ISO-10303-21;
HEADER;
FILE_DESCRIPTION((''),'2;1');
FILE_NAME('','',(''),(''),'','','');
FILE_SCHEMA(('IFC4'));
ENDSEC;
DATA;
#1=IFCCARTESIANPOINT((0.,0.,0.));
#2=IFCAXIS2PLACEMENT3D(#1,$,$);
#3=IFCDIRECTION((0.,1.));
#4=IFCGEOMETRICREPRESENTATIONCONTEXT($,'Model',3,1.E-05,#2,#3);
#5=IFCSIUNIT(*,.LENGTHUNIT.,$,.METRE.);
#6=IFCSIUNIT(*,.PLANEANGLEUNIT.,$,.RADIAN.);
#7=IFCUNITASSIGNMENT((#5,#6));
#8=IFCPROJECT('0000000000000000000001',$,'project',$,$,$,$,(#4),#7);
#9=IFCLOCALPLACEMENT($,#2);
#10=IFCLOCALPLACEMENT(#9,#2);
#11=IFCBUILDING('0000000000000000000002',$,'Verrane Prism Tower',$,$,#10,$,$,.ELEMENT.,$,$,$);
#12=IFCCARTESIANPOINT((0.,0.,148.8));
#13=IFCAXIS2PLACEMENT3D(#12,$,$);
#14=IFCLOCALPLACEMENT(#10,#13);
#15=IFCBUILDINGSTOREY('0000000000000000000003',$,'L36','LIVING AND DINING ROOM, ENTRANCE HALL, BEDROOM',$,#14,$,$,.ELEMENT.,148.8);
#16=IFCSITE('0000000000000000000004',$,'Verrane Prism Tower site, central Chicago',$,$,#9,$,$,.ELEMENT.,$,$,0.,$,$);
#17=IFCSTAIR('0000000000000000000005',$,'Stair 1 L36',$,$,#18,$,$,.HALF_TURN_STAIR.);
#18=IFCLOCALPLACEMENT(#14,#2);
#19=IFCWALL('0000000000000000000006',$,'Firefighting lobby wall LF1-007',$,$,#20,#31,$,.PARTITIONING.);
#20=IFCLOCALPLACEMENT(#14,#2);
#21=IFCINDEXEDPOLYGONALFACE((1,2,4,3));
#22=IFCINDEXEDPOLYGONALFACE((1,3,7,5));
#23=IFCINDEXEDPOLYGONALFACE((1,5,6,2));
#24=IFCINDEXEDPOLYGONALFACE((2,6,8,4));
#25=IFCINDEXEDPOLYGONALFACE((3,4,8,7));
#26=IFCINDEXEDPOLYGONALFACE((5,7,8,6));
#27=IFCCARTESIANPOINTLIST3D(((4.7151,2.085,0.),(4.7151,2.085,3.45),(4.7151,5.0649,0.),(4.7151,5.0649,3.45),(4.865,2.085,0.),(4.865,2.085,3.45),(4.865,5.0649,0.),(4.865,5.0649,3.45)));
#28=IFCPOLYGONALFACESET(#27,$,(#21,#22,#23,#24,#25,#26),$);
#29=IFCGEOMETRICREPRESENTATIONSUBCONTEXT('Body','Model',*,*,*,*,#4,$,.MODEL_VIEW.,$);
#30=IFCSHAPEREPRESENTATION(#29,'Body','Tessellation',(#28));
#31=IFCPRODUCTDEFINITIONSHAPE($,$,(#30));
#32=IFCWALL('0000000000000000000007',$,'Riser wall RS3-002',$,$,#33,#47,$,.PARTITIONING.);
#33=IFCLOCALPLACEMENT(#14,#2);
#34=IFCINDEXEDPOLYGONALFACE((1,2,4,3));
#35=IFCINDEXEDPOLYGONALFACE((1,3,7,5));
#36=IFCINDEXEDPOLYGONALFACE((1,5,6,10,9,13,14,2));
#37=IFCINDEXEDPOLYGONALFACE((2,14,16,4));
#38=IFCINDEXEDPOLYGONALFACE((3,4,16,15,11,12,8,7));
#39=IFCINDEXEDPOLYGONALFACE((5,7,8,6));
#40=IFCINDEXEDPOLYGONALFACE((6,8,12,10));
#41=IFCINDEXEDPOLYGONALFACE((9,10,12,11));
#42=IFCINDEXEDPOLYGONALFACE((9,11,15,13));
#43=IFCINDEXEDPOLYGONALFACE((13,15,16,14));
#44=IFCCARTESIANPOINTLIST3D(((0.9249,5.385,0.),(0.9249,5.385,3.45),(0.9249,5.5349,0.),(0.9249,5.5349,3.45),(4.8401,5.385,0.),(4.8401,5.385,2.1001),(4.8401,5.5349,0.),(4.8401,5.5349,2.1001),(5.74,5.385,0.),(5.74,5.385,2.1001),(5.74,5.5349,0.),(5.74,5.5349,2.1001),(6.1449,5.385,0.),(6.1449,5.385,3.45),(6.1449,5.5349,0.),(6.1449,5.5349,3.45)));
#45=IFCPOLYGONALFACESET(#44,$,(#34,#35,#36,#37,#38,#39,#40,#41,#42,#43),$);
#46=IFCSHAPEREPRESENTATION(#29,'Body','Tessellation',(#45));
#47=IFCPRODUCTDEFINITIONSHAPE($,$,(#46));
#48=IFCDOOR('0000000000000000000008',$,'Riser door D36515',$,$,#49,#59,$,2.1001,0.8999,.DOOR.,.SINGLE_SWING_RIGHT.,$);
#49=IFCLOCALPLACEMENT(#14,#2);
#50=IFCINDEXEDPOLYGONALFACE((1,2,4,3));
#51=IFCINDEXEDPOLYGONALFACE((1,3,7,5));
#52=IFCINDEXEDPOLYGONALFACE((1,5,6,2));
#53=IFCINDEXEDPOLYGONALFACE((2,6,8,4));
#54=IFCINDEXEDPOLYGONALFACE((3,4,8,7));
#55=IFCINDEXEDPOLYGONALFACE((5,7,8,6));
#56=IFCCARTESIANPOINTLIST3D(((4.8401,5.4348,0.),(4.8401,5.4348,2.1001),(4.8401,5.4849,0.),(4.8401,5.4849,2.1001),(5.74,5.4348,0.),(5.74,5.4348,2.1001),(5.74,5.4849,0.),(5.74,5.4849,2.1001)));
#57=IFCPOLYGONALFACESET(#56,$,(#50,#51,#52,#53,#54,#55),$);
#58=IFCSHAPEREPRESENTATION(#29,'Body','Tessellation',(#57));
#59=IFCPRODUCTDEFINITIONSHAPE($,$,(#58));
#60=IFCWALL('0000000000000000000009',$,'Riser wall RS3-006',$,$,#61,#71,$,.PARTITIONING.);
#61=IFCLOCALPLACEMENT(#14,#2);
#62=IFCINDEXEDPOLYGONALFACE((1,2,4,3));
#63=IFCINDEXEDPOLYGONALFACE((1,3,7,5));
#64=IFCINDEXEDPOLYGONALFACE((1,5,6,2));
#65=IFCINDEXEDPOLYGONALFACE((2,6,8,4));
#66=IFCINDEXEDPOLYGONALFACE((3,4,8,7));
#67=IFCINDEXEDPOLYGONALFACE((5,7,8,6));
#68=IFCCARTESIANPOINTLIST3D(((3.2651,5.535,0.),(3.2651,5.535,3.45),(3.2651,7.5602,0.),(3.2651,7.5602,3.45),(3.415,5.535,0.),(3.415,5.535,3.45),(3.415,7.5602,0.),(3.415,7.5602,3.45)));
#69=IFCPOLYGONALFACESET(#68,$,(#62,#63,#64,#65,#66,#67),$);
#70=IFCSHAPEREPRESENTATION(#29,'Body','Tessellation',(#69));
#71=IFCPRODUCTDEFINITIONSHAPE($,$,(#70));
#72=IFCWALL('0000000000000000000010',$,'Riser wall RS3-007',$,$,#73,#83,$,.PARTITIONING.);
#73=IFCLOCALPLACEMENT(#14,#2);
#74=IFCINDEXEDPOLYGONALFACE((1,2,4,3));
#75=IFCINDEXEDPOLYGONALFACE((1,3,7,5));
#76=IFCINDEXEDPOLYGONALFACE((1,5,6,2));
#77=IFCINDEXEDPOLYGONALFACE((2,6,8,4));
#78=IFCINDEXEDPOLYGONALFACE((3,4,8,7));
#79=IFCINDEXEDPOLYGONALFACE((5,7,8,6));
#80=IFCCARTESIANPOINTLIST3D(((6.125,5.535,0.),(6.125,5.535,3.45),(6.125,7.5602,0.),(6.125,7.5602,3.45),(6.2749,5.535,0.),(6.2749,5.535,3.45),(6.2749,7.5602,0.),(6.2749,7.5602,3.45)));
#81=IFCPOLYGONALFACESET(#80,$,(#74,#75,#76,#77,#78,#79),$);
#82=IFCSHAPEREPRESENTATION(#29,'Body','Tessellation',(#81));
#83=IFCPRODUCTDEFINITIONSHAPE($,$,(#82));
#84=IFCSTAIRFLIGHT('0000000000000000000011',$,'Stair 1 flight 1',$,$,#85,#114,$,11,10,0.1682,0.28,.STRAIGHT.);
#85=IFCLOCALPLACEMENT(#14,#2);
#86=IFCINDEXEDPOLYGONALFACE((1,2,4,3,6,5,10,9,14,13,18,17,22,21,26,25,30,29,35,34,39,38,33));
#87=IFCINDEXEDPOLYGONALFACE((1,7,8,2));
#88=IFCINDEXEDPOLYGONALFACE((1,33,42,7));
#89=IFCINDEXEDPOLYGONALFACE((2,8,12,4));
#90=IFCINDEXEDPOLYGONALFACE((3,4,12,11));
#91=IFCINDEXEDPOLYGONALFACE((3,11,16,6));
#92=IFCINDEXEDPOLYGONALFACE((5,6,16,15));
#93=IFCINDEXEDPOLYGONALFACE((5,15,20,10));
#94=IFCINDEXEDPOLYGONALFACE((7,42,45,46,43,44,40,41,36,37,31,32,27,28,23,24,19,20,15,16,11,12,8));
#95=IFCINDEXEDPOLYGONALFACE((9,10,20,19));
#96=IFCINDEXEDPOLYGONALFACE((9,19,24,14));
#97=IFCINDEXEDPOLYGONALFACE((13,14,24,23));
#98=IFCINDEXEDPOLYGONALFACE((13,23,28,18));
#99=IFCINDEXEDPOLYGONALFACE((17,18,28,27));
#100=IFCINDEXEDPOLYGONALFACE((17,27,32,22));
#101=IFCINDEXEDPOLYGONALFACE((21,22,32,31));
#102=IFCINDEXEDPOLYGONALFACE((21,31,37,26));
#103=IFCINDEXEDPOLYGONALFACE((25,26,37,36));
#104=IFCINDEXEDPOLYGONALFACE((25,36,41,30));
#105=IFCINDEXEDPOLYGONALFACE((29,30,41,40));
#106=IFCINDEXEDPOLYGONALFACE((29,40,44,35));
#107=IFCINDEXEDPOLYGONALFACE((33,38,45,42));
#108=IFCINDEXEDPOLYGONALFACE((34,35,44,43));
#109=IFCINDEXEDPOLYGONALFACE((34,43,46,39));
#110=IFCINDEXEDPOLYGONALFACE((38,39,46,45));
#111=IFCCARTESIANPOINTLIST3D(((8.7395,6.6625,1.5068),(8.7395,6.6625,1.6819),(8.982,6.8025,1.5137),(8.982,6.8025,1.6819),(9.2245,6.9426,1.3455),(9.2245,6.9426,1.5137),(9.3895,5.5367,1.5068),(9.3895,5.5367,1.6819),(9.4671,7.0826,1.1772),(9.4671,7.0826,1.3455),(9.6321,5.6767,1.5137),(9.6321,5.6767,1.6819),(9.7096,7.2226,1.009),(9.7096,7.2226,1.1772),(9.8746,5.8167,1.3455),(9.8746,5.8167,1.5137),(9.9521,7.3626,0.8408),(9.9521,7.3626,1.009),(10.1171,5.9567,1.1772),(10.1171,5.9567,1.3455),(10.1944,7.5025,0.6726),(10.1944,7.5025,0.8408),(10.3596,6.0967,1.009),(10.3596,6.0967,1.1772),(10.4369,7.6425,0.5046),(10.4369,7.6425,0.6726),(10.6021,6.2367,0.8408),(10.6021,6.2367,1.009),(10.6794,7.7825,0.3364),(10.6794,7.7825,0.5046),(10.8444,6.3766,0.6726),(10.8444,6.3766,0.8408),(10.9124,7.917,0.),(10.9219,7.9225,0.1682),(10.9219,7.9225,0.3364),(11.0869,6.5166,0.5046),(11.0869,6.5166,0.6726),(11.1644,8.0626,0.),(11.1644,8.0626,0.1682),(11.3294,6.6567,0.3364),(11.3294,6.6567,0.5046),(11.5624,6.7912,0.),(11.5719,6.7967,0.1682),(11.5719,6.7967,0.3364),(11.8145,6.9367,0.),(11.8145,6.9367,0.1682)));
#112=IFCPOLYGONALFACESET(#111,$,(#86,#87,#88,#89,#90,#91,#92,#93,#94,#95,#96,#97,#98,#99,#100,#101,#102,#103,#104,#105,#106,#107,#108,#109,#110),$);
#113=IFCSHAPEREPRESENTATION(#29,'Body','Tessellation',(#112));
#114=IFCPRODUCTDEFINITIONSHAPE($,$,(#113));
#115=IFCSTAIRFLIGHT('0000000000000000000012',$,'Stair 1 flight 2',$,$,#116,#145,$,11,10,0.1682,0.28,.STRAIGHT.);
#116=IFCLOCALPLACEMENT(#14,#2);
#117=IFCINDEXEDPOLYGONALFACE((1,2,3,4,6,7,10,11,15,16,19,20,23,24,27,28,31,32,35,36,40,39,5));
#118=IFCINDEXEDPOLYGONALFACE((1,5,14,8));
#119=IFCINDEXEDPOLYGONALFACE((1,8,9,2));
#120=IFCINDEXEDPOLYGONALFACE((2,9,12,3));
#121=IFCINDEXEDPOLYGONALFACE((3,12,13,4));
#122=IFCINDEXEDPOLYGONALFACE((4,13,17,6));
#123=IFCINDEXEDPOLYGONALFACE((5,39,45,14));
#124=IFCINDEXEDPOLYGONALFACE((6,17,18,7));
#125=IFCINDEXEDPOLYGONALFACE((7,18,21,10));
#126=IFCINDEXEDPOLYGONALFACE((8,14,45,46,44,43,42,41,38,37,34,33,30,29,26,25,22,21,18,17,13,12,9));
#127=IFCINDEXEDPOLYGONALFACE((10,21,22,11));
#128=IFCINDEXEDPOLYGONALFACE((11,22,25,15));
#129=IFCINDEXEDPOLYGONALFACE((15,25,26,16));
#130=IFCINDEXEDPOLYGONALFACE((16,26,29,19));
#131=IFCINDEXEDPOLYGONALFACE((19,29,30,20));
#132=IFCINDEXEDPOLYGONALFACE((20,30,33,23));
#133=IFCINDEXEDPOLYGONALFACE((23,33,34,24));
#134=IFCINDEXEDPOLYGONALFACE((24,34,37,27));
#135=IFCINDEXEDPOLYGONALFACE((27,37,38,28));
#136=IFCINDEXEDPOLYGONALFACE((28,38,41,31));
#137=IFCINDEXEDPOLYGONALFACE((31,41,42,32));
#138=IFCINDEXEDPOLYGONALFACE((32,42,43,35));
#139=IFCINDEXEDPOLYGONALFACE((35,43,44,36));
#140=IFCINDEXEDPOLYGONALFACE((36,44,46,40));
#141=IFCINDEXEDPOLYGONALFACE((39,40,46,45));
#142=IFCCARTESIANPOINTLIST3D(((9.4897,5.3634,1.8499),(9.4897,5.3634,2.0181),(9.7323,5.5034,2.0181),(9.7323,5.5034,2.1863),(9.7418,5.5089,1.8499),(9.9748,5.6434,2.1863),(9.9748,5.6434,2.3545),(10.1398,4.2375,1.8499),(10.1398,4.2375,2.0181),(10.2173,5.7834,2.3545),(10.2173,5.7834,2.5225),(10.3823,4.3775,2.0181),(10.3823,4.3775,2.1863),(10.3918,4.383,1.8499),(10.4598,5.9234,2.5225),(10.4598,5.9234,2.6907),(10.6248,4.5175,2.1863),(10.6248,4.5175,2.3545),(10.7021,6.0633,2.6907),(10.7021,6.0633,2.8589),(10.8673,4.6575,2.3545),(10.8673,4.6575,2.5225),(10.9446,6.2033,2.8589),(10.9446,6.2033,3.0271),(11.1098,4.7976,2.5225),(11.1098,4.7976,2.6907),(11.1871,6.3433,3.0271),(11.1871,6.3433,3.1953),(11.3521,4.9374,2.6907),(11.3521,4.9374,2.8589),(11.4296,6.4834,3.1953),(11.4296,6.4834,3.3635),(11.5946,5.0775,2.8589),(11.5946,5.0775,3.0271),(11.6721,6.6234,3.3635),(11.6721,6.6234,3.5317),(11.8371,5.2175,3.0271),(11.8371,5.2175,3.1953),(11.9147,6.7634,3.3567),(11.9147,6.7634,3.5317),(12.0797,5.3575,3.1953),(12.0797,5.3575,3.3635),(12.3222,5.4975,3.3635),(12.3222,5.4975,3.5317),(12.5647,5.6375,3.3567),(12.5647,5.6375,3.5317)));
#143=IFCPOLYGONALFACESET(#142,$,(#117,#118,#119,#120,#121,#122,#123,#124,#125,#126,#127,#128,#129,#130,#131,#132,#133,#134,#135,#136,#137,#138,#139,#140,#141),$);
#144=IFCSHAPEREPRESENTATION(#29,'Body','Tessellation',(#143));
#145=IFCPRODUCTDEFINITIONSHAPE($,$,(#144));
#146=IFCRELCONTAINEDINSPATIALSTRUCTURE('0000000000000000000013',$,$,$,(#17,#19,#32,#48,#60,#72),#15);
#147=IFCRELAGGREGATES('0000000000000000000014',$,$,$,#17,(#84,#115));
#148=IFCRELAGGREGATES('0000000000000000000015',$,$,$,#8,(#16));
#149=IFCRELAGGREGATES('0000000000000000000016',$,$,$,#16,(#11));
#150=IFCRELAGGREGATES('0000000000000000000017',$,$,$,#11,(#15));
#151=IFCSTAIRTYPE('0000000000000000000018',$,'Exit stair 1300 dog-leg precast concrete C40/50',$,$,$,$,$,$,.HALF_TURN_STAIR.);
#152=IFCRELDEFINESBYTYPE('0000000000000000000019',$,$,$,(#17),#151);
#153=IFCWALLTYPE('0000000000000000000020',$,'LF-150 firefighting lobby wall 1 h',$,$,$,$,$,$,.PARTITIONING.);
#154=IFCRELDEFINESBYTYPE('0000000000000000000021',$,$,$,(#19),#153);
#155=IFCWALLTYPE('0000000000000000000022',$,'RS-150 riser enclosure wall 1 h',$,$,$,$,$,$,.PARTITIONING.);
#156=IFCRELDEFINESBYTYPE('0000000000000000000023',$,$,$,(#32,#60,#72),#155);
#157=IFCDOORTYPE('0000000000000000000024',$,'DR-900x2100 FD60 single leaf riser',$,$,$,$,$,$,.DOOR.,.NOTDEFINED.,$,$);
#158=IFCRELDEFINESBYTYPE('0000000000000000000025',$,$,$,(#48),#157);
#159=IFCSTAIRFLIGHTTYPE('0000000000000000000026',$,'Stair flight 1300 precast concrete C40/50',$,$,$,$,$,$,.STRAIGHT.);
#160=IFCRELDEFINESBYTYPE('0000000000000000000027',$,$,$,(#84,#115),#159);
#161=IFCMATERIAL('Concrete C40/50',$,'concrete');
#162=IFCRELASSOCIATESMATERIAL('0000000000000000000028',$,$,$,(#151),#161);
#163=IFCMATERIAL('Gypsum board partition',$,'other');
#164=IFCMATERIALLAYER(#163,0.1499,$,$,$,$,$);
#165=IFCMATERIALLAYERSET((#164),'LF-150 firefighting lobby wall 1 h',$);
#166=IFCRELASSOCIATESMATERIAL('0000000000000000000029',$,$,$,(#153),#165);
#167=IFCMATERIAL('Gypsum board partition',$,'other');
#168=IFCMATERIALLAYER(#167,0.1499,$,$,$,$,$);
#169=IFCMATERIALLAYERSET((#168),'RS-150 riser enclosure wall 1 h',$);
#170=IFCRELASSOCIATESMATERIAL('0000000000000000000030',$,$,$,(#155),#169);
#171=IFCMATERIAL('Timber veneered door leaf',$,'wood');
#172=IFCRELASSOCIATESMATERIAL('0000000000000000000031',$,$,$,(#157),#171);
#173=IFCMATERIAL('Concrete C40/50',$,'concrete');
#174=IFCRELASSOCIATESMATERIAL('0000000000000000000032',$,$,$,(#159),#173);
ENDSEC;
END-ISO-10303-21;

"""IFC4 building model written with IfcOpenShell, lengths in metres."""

from ifc_helpers import new_model, si_unit, direction, frame, frame_2d, origin, place, context, subcontext, project, spatial, polyline, rectangle, outline, extrude, material, layer, layer_set, type_object, element, fill, aggregate, save


model = new_model("IFC4")

# Units and contexts
model_context = context("Model", 3, precision=1e-05, world=origin(), true_north=direction((0.0, 1.0)))
body_context = subcontext(model_context, "Body", "Model", "MODEL_VIEW")
ifc_project = project(units=[si_unit("LENGTHUNIT", "METRE"), si_unit("PLANEANGLEUNIT", "RADIAN")], contexts=[model_context])

# Site, building, storey
site_placement = place(None, origin())
site = spatial("IfcSite", under=ifc_project, at=site_placement, Name="Verrane Prism Tower site, central Chicago", CompositionType="ELEMENT", RefElevation=0.0)
building_placement = place(site_placement, origin())
building = spatial("IfcBuilding", under=site, at=building_placement, Name="Verrane Prism Tower", CompositionType="ELEMENT")
storey_placement = place(building_placement, frame((0.0, 0.0, 148.8)))
storey = spatial("IfcBuildingStorey", under=building, at=storey_placement, Name="L36", Description="LIVING AND DINING ROOM, ENTRANCE HALL, BEDROOM", CompositionType="ELEMENT", Elevation=148.8)

# Stair
ifc_material_1 = material(Name="Concrete C40/50", Category="concrete")
stair_type = type_object("IfcStairType", Name="Exit stair 1300 dog-leg precast concrete C40/50", PredefinedType="HALF_TURN_STAIR", material=ifc_material_1)
stair_1_placement = place(storey_placement, origin())
stair_1 = element("IfcStair", 1, at=stair_1_placement, inside=storey, type_object=stair_type, Name="Stair 1 L36", PredefinedType="HALF_TURN_STAIR")

# Wall
ifc_material_2 = material(Name="Gypsum board partition", Category="other")
ifc_layer_1 = layer(ifc_material_2, 0.1499)
ifc_layer_set_1 = layer_set([ifc_layer_1], Name="LF-150 firefighting lobby wall 1 h")
wall_type_1 = type_object("IfcWallType", Name="LF-150 firefighting lobby wall 1 h", PredefinedType="PARTITIONING", material=ifc_layer_set_1)
wall_1_placement = place(storey_placement, frame((4.79, 2.085, 0.0), z_axis=(0.0, 0.0, 1.0), x_axis=(0.0, 1.0, 0.0)))
element("IfcWall", 2, at=wall_1_placement, inside=storey, type_object=wall_type_1, Name="Firefighting lobby wall LF1-007", PredefinedType="PARTITIONING", context=body_context, shape_type="SweptSolid", body=[
    extrude(rectangle(XDim=2.98, YDim=0.1499, at=frame_2d((1.49, 0.0))), origin(), (0.0, 0.0, 1.0), 3.45),
])

# Wall, opening, door
ifc_material_3 = material(Name="Gypsum board partition", Category="other")
ifc_layer_2 = layer(ifc_material_3, 0.1499)
ifc_layer_set_2 = layer_set([ifc_layer_2], Name="RS-150 riser enclosure wall 1 h")
wall_type_2 = type_object("IfcWallType", Name="RS-150 riser enclosure wall 1 h", PredefinedType="PARTITIONING", material=ifc_layer_set_2)
wall_2_placement = place(storey_placement, frame((0.925, 5.46, 0.0), z_axis=(0.0, 0.0, 1.0), x_axis=(1.0, 0.0, 0.0)))
wall_2 = element("IfcWall", 3, at=wall_2_placement, inside=storey, type_object=wall_type_2, Name="Riser wall RS3-002", PredefinedType="PARTITIONING", context=body_context, shape_type="SweptSolid", body=[
    extrude(rectangle(XDim=5.22, YDim=0.1499, at=frame_2d((2.6099, 0.0))), origin(), (0.0, 0.0, 1.0), 3.45),
])
opening_1_placement = place(wall_2_placement, frame((3.915, 0.0, 0.0)))
opening_1 = element("IfcOpeningElement", 4, at=opening_1_placement, cuts=wall_2, PredefinedType="OPENING", context=body_context, shape_type="SweptSolid", body=[
    extrude(rectangle(XDim=0.8999, YDim=2.1001, at=frame_2d((0.45, 1.05))), frame((0.0, 0.085, 0.0), z_axis=(0.0, -1.0, 0.0), x_axis=(1.0, 0.0, 0.0)), (0.0, 0.0, 1.0), 0.1699),
])
ifc_material_4 = material(Name="Timber veneered door leaf", Category="wood")
door_type_1 = type_object("IfcDoorType", Name="DR-900x2100 FD60 single leaf riser", OperationType="NOTDEFINED", PredefinedType="DOOR", material=ifc_material_4)
door_1_placement = place(opening_1_placement, origin())
door_1 = element("IfcDoor", 5, at=door_1_placement, inside=storey, type_object=door_type_1, Name="Riser door D36515", OperationType="SINGLE_SWING_RIGHT", OverallHeight=2.1001, OverallWidth=0.8999, PredefinedType="DOOR", context=body_context, shape_type="SweptSolid", body=[
    extrude(rectangle(XDim=0.8999, YDim=2.1001, at=frame_2d((0.45, 1.05))), frame((0.0, 0.0249, 0.0), z_axis=(0.0, -1.0, 0.0), x_axis=(1.0, 0.0, 0.0)), (0.0, 0.0, 1.0), 0.05),
])
fill(opening_1, door_1)

# Walls
for number, where, z_axis, x_axis, name in (
    (6, (3.3401, 5.5349, 0.0), (0.0, 0.0, 1.0), (0.0, 1.0, 0.0), "Riser wall RS3-006"),
    (7, (6.2, 5.5349, 0.0), (0.0, 0.0, 1.0), (0.0, 1.0, 0.0), "Riser wall RS3-007"),
):
    element("IfcWall", number, at=place(storey_placement, frame(where, z_axis=z_axis, x_axis=x_axis)), inside=storey, type_object=wall_type_2, Name=name, PredefinedType="PARTITIONING", context=body_context, shape_type="SweptSolid", body=[
        extrude(rectangle(XDim=2.0251, YDim=0.1499, at=frame_2d((1.0127, 0.0))), origin(), (0.0, 0.0, 1.0), 3.45),
    ])

# Stair flights
ifc_material_5 = material(Name="Concrete C40/50", Category="concrete")
stair_flight_type = type_object("IfcStairFlightType", Name="Stair flight 1300 precast concrete C40/50", PredefinedType="STRAIGHT", material=ifc_material_5)
stair_flight_1_placement = place(storey_placement, frame((11.4895, 7.4995, 0.0), z_axis=(0.0, 0.0, 1.0), x_axis=(-0.866025, -0.5, 0.0)))
stair_flight_1 = element("IfcStairFlight", 8, at=stair_flight_1_placement, type_object=stair_flight_type, Name="Stair 1 flight 1", NumberOfRisers=11, NumberOfTreads=10, PredefinedType="STRAIGHT", RiserHeight=0.1682, TreadLength=0.28, context=body_context, shape_type="SweptSolid", body=[
    extrude(outline(polyline([(0.0, 0.0), (0.0, 0.1682), (0.28, 0.1682), (0.28, 0.3364), (0.5601, 0.3364), (0.5601, 0.5046), (0.8401, 0.5046), (0.8401, 0.6726), (1.1201, 0.6726), (1.1201, 0.8408), (1.3999, 0.8408), (1.3999, 1.009), (1.6799, 1.009), (1.6799, 1.1772), (1.96, 1.1772), (1.96, 1.3455), (2.24, 1.3455), (2.24, 1.5137), (2.52, 1.5137), (2.52, 1.6819), (2.8, 1.6819), (2.8, 1.8501), (2.8, 1.5068), (0.291, 0.0), (0.0, 0.0)])), frame((0.0, 0.6499, 0.0), z_axis=(0.0, -1.0, 0.0), x_axis=(1.0, 0.0, 0.0)), (0.0, 0.0, 1.0), 1.3),
])
stair_flight_2_placement = place(storey_placement, frame((9.8147, 4.8005, 1.8499), z_axis=(0.0, 0.0, 1.0), x_axis=(0.866025, 0.5, 0.0)))
stair_flight_2 = element("IfcStairFlight", 9, at=stair_flight_2_placement, type_object=stair_flight_type, Name="Stair 1 flight 2", NumberOfRisers=11, NumberOfTreads=10, PredefinedType="STRAIGHT", RiserHeight=0.1682, TreadLength=0.28, context=body_context, shape_type="SweptSolid", body=[
    extrude(outline(polyline([(0.0, 0.0), (0.0, 0.1682), (0.28, 0.1682), (0.28, 0.3364), (0.5601, 0.3364), (0.5601, 0.5046), (0.8401, 0.5046), (0.8401, 0.6726), (1.1201, 0.6726), (1.1201, 0.8408), (1.3999, 0.8408), (1.3999, 1.009), (1.6799, 1.009), (1.6799, 1.1772), (1.96, 1.1772), (1.96, 1.3455), (2.24, 1.3455), (2.24, 1.5137), (2.52, 1.5137), (2.52, 1.6819), (2.8, 1.6819), (2.8, 1.8501), (2.8, 1.5068), (0.291, 0.0), (0.0, 0.0)])), frame((0.0, 0.6499, 0.0), z_axis=(0.0, -1.0, 0.0), x_axis=(1.0, 0.0, 0.0)), (0.0, 0.0, 1.0), 1.3),
])
aggregate(stair_1, [stair_flight_1, stair_flight_2])

save(model, "model.ifc")
